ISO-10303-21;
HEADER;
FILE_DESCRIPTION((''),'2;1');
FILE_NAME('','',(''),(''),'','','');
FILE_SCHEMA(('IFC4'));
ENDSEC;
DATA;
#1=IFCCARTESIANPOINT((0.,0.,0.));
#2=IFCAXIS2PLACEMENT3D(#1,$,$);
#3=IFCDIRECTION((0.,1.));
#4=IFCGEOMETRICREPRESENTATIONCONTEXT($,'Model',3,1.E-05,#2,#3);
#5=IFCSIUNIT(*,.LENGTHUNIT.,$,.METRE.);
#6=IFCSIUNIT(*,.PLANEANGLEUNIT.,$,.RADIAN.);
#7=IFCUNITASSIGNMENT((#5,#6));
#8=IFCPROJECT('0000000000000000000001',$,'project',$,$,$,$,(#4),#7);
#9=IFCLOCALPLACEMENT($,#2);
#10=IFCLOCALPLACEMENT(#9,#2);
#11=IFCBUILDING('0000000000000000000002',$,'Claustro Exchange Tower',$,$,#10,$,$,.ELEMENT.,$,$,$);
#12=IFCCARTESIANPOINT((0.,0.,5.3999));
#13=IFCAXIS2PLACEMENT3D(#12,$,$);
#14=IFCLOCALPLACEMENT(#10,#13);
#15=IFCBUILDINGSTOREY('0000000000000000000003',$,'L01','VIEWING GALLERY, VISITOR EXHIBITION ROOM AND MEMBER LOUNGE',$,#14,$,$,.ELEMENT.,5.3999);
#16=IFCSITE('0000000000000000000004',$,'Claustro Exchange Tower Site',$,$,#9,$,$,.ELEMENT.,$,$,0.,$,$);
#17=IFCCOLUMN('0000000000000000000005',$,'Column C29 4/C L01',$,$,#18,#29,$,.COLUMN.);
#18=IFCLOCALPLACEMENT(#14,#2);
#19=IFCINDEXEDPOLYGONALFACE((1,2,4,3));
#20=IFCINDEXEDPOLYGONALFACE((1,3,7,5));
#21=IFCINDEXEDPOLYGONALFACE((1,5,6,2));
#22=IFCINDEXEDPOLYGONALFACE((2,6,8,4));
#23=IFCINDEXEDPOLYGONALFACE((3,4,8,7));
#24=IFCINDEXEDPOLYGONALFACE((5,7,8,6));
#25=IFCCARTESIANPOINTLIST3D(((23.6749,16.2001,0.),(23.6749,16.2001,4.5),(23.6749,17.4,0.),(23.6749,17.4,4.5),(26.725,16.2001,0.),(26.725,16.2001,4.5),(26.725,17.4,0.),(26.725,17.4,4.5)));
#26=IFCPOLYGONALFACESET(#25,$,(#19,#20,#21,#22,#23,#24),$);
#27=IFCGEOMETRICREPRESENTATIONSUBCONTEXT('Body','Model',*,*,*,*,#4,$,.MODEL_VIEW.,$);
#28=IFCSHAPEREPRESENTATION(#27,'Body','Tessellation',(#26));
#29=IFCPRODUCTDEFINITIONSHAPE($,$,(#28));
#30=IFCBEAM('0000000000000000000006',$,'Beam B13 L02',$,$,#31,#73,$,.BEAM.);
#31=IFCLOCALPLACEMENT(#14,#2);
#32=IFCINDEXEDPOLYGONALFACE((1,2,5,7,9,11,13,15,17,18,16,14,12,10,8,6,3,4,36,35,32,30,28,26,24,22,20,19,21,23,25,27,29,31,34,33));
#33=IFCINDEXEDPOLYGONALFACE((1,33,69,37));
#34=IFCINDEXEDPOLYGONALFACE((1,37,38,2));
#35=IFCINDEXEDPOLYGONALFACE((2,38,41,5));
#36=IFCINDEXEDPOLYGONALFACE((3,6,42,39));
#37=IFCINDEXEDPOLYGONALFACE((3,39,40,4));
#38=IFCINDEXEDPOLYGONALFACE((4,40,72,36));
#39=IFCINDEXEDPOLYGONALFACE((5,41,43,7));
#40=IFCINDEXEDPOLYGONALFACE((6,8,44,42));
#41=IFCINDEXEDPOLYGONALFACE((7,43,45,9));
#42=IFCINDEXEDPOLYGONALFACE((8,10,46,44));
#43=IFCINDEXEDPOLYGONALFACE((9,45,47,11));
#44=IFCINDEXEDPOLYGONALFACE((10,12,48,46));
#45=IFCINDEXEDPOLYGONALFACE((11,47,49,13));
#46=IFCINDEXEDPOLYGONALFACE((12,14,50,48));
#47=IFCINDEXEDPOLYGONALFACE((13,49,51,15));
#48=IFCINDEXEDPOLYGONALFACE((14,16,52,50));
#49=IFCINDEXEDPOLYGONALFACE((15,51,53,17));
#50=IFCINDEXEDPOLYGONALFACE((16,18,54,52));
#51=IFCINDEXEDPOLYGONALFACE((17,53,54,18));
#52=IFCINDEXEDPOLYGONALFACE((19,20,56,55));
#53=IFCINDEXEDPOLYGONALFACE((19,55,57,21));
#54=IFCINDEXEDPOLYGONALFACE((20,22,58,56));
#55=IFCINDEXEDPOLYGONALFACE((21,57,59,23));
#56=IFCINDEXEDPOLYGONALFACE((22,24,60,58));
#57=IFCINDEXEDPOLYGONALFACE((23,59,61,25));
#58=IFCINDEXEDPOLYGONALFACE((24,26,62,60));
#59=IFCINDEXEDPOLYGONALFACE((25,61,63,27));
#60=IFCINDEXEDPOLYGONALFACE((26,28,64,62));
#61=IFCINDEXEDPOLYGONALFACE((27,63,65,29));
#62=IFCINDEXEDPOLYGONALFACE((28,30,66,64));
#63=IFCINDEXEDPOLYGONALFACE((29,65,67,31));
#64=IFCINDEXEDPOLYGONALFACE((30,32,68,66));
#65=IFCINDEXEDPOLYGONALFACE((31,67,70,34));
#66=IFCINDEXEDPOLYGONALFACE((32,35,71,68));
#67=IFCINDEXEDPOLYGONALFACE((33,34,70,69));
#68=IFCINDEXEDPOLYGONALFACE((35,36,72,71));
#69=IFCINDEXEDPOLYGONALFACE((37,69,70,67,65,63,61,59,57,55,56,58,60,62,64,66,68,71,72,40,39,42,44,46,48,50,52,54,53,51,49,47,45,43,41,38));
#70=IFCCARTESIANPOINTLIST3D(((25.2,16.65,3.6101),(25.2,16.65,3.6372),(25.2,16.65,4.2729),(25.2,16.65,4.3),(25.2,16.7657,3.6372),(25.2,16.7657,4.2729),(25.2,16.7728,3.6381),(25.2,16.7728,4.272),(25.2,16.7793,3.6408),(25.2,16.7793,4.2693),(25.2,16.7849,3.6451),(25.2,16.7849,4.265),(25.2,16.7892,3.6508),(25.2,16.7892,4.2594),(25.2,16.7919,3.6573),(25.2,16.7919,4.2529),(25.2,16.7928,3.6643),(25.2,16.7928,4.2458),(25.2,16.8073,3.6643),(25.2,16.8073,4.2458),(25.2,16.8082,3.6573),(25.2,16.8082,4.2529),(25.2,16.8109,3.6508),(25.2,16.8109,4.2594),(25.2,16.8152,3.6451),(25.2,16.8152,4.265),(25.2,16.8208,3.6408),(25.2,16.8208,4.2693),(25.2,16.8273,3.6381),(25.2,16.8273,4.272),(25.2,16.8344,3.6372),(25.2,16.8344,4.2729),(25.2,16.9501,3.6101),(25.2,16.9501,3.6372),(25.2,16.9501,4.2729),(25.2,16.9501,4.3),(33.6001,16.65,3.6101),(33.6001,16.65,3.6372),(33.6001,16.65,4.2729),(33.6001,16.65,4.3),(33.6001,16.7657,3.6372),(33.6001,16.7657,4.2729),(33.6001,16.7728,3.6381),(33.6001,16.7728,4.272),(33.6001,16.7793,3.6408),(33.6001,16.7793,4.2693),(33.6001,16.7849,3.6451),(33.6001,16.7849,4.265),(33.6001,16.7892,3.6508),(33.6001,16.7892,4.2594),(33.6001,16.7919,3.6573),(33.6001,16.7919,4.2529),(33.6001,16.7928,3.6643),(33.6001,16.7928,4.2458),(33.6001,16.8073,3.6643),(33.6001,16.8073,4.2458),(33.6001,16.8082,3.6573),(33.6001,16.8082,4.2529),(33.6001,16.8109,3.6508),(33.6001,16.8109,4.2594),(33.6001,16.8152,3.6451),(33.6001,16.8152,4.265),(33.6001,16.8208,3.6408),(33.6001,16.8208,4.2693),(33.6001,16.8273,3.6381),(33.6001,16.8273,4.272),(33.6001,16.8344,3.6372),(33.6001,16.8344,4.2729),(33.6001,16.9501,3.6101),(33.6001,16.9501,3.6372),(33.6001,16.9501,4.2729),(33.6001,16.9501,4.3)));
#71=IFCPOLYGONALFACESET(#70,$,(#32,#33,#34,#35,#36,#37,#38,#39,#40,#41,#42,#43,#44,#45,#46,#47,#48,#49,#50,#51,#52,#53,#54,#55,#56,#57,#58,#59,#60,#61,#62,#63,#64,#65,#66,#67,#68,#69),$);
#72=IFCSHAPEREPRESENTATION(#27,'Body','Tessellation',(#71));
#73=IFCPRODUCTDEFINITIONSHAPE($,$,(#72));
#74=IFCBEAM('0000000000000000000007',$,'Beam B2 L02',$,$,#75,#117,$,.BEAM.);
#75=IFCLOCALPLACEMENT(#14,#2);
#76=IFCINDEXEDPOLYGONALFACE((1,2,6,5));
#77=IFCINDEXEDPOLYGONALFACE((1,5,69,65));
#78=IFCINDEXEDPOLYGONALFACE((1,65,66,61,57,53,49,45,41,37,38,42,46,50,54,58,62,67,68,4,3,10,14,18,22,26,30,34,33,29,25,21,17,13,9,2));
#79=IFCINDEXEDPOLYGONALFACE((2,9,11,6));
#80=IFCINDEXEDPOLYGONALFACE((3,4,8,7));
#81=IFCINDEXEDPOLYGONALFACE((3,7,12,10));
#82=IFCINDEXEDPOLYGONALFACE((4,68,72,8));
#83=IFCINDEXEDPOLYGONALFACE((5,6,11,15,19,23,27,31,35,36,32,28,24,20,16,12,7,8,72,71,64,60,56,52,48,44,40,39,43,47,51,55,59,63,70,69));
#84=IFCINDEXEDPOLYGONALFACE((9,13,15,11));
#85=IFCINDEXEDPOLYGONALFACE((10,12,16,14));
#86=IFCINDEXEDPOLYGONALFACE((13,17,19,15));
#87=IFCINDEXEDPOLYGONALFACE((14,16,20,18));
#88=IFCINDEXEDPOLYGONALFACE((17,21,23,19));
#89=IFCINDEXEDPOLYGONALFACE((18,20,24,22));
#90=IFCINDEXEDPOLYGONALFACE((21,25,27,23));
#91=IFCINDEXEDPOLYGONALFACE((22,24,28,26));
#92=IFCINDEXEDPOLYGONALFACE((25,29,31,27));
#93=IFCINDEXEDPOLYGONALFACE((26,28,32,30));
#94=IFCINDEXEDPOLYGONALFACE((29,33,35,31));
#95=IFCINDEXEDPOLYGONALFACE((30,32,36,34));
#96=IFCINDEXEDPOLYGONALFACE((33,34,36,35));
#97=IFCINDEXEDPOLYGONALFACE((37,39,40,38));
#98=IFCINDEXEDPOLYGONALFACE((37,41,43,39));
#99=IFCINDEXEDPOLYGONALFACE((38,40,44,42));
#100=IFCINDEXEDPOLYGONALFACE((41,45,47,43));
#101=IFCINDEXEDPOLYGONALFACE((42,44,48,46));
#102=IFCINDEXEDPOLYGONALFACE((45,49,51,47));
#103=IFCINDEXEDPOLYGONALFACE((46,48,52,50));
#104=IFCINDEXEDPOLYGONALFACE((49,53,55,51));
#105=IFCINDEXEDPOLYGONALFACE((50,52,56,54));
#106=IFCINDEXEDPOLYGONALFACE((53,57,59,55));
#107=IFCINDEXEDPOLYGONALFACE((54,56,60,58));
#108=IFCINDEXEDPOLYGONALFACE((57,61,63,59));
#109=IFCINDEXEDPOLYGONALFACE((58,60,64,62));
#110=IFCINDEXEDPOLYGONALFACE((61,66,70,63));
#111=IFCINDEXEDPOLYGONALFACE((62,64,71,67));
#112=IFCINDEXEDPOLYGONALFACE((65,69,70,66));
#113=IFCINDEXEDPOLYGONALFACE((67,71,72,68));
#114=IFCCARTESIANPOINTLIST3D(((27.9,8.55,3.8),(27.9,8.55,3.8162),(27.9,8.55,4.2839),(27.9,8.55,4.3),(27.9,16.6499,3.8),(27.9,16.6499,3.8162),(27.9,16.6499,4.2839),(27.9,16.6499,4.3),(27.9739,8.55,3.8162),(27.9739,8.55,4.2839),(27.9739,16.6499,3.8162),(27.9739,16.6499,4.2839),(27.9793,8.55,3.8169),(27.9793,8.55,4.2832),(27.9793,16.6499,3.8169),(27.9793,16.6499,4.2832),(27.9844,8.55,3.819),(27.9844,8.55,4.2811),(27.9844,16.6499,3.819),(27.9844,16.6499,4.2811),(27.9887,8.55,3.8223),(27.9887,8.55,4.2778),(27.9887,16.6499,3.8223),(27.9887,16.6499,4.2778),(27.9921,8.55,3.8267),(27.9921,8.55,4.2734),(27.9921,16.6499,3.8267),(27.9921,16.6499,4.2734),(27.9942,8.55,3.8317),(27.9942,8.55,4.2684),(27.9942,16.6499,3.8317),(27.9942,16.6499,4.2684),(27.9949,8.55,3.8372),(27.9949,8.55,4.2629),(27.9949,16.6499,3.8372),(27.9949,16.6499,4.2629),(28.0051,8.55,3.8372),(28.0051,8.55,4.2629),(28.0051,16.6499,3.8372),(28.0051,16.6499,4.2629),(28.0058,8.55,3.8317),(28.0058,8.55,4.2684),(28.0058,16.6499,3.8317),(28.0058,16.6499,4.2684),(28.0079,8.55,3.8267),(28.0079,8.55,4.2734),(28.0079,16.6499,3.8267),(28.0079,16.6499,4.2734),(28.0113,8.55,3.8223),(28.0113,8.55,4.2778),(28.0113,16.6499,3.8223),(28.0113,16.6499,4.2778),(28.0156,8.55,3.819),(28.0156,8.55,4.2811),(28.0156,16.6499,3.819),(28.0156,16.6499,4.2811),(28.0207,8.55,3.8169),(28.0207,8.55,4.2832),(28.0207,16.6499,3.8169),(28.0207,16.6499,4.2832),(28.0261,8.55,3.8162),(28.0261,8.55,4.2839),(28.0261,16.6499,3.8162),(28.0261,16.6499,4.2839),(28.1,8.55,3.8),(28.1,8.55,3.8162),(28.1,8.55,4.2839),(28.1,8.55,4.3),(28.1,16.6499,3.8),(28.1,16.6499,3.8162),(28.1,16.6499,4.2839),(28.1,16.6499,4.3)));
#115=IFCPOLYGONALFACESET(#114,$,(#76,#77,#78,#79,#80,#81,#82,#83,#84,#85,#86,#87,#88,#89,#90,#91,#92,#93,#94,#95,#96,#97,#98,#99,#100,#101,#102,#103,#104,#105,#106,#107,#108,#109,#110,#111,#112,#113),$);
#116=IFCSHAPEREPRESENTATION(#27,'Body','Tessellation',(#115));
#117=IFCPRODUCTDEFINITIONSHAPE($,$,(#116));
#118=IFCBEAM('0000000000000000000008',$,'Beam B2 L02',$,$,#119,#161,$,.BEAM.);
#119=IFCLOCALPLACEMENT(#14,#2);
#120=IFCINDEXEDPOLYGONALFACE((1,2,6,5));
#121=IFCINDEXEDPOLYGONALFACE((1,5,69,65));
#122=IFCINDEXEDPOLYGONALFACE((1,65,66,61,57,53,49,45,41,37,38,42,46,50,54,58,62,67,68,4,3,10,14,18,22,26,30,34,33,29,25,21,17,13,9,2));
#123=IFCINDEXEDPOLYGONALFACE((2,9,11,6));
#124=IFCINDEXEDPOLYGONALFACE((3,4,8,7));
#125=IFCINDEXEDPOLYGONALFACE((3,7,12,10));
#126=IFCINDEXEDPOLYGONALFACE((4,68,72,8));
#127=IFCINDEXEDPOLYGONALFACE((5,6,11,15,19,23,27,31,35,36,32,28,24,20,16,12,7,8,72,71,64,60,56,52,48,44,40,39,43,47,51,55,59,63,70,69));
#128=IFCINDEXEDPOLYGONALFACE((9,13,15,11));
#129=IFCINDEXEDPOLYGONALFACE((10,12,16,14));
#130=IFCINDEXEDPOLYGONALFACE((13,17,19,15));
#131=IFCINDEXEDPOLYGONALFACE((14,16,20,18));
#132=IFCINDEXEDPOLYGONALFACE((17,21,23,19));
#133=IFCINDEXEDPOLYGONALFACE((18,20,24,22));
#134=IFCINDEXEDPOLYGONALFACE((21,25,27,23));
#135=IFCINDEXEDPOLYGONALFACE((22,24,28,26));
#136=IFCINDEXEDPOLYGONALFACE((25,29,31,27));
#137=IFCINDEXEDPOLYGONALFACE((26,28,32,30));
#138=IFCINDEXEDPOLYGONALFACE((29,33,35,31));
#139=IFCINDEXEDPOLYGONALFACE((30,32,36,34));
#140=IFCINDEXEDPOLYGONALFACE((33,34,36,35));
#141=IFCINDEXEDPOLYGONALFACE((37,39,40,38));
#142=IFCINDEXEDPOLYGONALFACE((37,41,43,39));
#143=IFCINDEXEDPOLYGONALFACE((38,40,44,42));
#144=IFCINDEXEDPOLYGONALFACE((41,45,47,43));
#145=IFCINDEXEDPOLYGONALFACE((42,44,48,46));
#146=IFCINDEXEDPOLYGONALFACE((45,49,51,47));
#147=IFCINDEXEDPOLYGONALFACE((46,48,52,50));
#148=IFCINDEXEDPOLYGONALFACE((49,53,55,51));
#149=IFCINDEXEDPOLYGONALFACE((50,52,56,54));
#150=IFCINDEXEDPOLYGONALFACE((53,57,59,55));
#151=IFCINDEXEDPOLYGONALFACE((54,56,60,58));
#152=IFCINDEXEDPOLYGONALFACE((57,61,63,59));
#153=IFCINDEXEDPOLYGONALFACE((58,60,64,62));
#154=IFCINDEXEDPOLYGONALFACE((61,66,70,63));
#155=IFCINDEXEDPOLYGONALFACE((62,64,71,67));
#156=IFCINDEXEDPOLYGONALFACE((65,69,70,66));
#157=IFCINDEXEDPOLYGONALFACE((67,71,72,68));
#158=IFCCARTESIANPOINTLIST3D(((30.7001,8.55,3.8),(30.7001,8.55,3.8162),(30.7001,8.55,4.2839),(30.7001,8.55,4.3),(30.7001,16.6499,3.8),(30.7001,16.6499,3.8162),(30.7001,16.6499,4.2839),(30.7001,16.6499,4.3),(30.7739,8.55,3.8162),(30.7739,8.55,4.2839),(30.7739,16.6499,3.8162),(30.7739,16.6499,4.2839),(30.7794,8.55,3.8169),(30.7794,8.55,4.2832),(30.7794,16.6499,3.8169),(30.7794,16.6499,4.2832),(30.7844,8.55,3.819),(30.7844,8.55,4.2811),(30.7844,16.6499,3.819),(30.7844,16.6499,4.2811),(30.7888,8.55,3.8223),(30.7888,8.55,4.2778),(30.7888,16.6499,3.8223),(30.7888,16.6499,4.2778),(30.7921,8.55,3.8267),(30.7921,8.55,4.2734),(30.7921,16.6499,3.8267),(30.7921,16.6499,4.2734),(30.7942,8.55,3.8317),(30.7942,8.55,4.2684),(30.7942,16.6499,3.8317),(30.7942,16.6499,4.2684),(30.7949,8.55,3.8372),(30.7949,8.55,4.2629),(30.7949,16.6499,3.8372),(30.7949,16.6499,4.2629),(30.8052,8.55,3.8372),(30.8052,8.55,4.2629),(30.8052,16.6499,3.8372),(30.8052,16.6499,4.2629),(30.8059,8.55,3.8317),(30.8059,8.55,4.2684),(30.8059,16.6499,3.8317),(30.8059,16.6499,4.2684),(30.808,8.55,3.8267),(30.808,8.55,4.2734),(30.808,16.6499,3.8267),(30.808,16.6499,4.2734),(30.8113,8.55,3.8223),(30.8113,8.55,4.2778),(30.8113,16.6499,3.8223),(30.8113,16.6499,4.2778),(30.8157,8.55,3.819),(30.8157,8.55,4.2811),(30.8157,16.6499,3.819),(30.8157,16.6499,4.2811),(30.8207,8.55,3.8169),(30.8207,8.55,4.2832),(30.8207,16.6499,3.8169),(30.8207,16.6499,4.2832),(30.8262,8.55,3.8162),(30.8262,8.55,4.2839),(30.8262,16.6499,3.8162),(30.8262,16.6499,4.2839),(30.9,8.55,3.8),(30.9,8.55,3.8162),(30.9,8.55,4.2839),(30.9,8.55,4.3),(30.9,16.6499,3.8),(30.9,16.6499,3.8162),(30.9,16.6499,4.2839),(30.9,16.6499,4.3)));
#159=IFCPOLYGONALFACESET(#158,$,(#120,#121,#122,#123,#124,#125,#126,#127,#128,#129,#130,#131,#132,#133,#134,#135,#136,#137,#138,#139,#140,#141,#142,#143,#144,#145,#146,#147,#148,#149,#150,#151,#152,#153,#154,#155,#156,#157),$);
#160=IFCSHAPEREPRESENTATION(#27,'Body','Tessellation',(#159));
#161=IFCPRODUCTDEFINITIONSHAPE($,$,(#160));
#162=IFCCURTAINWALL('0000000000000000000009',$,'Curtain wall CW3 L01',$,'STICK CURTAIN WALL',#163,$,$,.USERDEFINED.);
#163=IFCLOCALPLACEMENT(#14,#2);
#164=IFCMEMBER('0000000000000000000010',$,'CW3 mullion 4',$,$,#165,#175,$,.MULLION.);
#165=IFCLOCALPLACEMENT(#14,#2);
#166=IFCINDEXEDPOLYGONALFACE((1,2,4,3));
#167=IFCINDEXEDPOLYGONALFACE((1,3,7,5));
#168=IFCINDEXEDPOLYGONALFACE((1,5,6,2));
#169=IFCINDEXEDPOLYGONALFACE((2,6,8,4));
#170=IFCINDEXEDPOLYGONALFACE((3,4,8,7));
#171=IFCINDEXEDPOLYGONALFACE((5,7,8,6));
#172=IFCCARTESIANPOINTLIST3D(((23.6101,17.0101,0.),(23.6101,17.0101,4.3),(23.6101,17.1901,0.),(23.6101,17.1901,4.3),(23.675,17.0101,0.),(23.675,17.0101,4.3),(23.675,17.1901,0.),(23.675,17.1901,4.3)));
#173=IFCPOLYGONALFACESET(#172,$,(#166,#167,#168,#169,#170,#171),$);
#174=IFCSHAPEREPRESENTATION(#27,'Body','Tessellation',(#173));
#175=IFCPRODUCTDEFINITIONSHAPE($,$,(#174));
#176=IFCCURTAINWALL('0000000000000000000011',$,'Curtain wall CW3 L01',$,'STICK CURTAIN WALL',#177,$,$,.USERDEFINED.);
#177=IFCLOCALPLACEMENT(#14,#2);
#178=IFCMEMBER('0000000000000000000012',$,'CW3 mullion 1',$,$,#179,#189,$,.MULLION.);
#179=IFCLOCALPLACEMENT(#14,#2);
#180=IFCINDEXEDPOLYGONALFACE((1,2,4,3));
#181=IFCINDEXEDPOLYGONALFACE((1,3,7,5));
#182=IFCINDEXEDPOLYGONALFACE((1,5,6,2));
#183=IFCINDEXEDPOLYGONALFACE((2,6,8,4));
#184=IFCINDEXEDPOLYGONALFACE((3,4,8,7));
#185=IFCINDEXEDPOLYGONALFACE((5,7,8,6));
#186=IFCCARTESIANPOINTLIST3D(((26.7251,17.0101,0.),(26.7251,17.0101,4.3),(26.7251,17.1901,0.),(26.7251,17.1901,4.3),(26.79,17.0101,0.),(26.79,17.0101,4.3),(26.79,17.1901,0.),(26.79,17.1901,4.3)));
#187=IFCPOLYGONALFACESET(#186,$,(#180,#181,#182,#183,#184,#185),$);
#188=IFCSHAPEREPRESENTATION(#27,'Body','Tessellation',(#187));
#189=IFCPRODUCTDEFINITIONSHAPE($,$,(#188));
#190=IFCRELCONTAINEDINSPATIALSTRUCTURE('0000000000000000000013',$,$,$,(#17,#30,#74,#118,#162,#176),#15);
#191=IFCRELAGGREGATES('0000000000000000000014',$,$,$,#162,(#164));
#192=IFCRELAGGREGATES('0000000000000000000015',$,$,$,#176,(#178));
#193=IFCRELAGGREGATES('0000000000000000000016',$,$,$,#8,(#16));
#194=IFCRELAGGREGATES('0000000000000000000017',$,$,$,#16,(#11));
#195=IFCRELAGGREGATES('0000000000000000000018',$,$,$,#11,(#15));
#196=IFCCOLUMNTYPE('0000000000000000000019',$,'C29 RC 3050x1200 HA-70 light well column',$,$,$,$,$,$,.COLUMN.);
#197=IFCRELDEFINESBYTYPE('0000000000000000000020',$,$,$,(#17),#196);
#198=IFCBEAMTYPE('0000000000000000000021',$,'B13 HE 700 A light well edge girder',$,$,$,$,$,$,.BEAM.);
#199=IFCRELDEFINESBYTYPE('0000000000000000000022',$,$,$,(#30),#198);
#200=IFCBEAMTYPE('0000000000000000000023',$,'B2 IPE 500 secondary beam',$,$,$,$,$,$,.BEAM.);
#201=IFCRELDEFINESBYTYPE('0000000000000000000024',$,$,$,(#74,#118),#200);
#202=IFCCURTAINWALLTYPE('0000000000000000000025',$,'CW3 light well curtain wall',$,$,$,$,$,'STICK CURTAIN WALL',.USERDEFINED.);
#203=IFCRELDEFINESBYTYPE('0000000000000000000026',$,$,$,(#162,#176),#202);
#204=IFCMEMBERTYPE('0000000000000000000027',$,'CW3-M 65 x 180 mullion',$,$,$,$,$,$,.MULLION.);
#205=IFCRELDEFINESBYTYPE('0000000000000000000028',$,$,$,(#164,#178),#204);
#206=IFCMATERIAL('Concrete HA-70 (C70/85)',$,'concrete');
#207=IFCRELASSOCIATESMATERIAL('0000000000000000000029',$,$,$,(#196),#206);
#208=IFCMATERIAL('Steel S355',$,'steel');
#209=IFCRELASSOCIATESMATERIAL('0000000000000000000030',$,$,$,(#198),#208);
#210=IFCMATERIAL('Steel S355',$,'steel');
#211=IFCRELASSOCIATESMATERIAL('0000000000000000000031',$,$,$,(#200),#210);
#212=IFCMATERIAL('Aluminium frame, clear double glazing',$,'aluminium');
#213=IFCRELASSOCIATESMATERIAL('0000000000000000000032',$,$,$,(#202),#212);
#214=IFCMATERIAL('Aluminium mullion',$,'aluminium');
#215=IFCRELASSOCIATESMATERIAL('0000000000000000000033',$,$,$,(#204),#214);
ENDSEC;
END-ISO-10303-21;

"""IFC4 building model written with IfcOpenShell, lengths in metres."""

from ifc_helpers import new_model, si_unit, direction, frame, origin, origin_2d, place, context, subcontext, project, spatial, rectangle, i_section, extrude, material, material_profile, profile_set, type_object, element, aggregate, save


model = new_model("IFC4")

# Units and contexts
model_context = context("Model", 3, precision=1e-05, world=origin(), true_north=direction((0.0, 1.0)))
body_context = subcontext(model_context, "Body", "Model", "MODEL_VIEW")
ifc_project = project(units=[si_unit("LENGTHUNIT", "METRE"), si_unit("PLANEANGLEUNIT", "RADIAN")], contexts=[model_context])

# Site, building, storey
site_placement = place(None, origin())
site = spatial("IfcSite", under=ifc_project, at=site_placement, Name="Claustro Exchange Tower Site", CompositionType="ELEMENT", RefElevation=0.0)
building_placement = place(site_placement, origin())
building = spatial("IfcBuilding", under=site, at=building_placement, Name="Claustro Exchange Tower", CompositionType="ELEMENT")
storey_placement = place(building_placement, frame((0.0, 0.0, 5.3999)))
storey = spatial("IfcBuildingStorey", under=building, at=storey_placement, Name="L01", Description="VIEWING GALLERY, VISITOR EXHIBITION ROOM AND MEMBER LOUNGE", CompositionType="ELEMENT", Elevation=5.3999)

# Column
ifc_material_1 = material(Name="Concrete HA-70 (C70/85)", Category="concrete")
ifc_material_profile_1 = material_profile(ifc_material_1, rectangle(XDim=3.05, YDim=1.2, at=origin_2d()), Name="RC 3050x1200")
ifc_profile_set_1 = profile_set([ifc_material_profile_1], Name="Concrete HA-70 (C70/85)")
column_type = type_object("IfcColumnType", Name="C29 RC 3050x1200 HA-70 light well column", PredefinedType="COLUMN", material=ifc_profile_set_1)
column_placement = place(storey_placement, frame((25.2, 16.8, 0.0), z_axis=(0.0, 0.0, 1.0), x_axis=(1.0, 0.0, 0.0)))
element("IfcColumn", 1, at=column_placement, inside=storey, type_object=column_type, Name="Column C29 4/C L01", PredefinedType="COLUMN", context=body_context, shape_type="SweptSolid", body=[
    extrude(rectangle(XDim=3.05, YDim=1.2, at=origin_2d()), origin(), (0.0, 0.0, 1.0), 4.5),
])

# Beams
ifc_material_2 = material(Name="Steel S355", Category="steel")
ifc_material_profile_2 = material_profile(ifc_material_2, i_section(OverallWidth=0.3, OverallDepth=0.6899, WebThickness=0.0144, FlangeThickness=0.0271, FilletRadius=0.0271, at=origin_2d()), Name="HE 700 A")
ifc_profile_set_2 = profile_set([ifc_material_profile_2], Name="Steel S355")
beam_type_1 = type_object("IfcBeamType", Name="B13 HE 700 A light well edge girder", PredefinedType="BEAM", material=ifc_profile_set_2)
beam_placement = place(storey_placement, frame((25.2, 16.8, 3.9551), z_axis=(1.0, 0.0, 0.0), x_axis=(0.0, 1.0, 0.0)))
element("IfcBeam", 2, at=beam_placement, inside=storey, type_object=beam_type_1, Name="Beam B13 L02", PredefinedType="BEAM", context=body_context, shape_type="SweptSolid", body=[
    extrude(i_section(OverallWidth=0.3, OverallDepth=0.6899, WebThickness=0.0144, FlangeThickness=0.0271, FilletRadius=0.0271, at=origin_2d()), origin(), (0.0, 0.0, 1.0), 8.4001),
])
ifc_material_3 = material(Name="Steel S355", Category="steel")
ifc_material_profile_3 = material_profile(ifc_material_3, i_section(OverallWidth=0.2, OverallDepth=0.5, WebThickness=0.0103, FlangeThickness=0.0161, FilletRadius=0.021, at=origin_2d()), Name="IPE 500")
ifc_profile_set_3 = profile_set([ifc_material_profile_3], Name="Steel S355")
beam_type_2 = type_object("IfcBeamType", Name="B2 IPE 500 secondary beam", PredefinedType="BEAM", material=ifc_profile_set_3)
for number, where, z_axis, x_axis, name in (
    (3, (28.0, 8.55, 4.05), (0.0, 1.0, 0.0), (-1.0, 0.0, 0.0), "Beam B2 L02"),
    (4, (30.8, 8.55, 4.05), (0.0, 1.0, 0.0), (-1.0, 0.0, 0.0), "Beam B2 L02"),
):
    element("IfcBeam", number, at=place(storey_placement, frame(where, z_axis=z_axis, x_axis=x_axis)), inside=storey, type_object=beam_type_2, Name=name, PredefinedType="BEAM", context=body_context, shape_type="SweptSolid", body=[
        extrude(i_section(OverallWidth=0.2, OverallDepth=0.5, WebThickness=0.0103, FlangeThickness=0.0161, FilletRadius=0.021, at=origin_2d()), origin(), (0.0, 0.0, 1.0), 8.0999),
    ])

# Curtain wall, member
ifc_material_4 = material(Name="Aluminium frame, clear double glazing", Category="aluminium")
curtain_wall_type = type_object("IfcCurtainWallType", Name="CW3 light well curtain wall", ElementType="STICK CURTAIN WALL", PredefinedType="USERDEFINED", material=ifc_material_4)
curtain_wall_1_placement = place(storey_placement, origin())
curtain_wall_1 = element("IfcCurtainWall", 5, at=curtain_wall_1_placement, inside=storey, type_object=curtain_wall_type, Name="Curtain wall CW3 L01", ObjectType="STICK CURTAIN WALL", PredefinedType="USERDEFINED")
ifc_material_5 = material(Name="Aluminium mullion", Category="aluminium")
ifc_material_profile_4 = material_profile(ifc_material_5, rectangle(XDim=0.1799, YDim=0.0649, at=origin_2d()), Name="CW3-M 65x180")
ifc_profile_set_4 = profile_set([ifc_material_profile_4], Name="Aluminium mullion")
member_type_1 = type_object("IfcMemberType", Name="CW3-M 65 x 180 mullion", PredefinedType="MULLION", material=ifc_profile_set_4)
member_1_placement = place(storey_placement, frame((23.6426, 17.1001, 0.0), z_axis=(0.0, 0.0, 1.0), x_axis=(0.0, 1.0, 0.0)))
member_1 = element("IfcMember", 6, at=member_1_placement, type_object=member_type_1, Name="CW3 mullion 4", PredefinedType="MULLION", context=body_context, shape_type="SweptSolid", body=[
    extrude(rectangle(XDim=0.1799, YDim=0.0649, at=origin_2d()), origin(), (0.0, 0.0, 1.0), 4.3),
])
aggregate(curtain_wall_1, [member_1])

# Curtain wall, member
curtain_wall_2_placement = place(storey_placement, origin())
curtain_wall_2 = element("IfcCurtainWall", 7, at=curtain_wall_2_placement, inside=storey, type_object=curtain_wall_type, Name="Curtain wall CW3 L01", ObjectType="STICK CURTAIN WALL", PredefinedType="USERDEFINED")
member_2_placement = place(storey_placement, frame((26.7576, 17.1001, 0.0), z_axis=(0.0, 0.0, 1.0), x_axis=(0.0, 1.0, 0.0)))
member_2 = element("IfcMember", 8, at=member_2_placement, type_object=member_type_1, Name="CW3 mullion 1", PredefinedType="MULLION", context=body_context, shape_type="SweptSolid", body=[
    extrude(rectangle(XDim=0.1799, YDim=0.0649, at=origin_2d()), origin(), (0.0, 0.0, 1.0), 4.3),
])
aggregate(curtain_wall_2, [member_2])

save(model, "model.ifc")
